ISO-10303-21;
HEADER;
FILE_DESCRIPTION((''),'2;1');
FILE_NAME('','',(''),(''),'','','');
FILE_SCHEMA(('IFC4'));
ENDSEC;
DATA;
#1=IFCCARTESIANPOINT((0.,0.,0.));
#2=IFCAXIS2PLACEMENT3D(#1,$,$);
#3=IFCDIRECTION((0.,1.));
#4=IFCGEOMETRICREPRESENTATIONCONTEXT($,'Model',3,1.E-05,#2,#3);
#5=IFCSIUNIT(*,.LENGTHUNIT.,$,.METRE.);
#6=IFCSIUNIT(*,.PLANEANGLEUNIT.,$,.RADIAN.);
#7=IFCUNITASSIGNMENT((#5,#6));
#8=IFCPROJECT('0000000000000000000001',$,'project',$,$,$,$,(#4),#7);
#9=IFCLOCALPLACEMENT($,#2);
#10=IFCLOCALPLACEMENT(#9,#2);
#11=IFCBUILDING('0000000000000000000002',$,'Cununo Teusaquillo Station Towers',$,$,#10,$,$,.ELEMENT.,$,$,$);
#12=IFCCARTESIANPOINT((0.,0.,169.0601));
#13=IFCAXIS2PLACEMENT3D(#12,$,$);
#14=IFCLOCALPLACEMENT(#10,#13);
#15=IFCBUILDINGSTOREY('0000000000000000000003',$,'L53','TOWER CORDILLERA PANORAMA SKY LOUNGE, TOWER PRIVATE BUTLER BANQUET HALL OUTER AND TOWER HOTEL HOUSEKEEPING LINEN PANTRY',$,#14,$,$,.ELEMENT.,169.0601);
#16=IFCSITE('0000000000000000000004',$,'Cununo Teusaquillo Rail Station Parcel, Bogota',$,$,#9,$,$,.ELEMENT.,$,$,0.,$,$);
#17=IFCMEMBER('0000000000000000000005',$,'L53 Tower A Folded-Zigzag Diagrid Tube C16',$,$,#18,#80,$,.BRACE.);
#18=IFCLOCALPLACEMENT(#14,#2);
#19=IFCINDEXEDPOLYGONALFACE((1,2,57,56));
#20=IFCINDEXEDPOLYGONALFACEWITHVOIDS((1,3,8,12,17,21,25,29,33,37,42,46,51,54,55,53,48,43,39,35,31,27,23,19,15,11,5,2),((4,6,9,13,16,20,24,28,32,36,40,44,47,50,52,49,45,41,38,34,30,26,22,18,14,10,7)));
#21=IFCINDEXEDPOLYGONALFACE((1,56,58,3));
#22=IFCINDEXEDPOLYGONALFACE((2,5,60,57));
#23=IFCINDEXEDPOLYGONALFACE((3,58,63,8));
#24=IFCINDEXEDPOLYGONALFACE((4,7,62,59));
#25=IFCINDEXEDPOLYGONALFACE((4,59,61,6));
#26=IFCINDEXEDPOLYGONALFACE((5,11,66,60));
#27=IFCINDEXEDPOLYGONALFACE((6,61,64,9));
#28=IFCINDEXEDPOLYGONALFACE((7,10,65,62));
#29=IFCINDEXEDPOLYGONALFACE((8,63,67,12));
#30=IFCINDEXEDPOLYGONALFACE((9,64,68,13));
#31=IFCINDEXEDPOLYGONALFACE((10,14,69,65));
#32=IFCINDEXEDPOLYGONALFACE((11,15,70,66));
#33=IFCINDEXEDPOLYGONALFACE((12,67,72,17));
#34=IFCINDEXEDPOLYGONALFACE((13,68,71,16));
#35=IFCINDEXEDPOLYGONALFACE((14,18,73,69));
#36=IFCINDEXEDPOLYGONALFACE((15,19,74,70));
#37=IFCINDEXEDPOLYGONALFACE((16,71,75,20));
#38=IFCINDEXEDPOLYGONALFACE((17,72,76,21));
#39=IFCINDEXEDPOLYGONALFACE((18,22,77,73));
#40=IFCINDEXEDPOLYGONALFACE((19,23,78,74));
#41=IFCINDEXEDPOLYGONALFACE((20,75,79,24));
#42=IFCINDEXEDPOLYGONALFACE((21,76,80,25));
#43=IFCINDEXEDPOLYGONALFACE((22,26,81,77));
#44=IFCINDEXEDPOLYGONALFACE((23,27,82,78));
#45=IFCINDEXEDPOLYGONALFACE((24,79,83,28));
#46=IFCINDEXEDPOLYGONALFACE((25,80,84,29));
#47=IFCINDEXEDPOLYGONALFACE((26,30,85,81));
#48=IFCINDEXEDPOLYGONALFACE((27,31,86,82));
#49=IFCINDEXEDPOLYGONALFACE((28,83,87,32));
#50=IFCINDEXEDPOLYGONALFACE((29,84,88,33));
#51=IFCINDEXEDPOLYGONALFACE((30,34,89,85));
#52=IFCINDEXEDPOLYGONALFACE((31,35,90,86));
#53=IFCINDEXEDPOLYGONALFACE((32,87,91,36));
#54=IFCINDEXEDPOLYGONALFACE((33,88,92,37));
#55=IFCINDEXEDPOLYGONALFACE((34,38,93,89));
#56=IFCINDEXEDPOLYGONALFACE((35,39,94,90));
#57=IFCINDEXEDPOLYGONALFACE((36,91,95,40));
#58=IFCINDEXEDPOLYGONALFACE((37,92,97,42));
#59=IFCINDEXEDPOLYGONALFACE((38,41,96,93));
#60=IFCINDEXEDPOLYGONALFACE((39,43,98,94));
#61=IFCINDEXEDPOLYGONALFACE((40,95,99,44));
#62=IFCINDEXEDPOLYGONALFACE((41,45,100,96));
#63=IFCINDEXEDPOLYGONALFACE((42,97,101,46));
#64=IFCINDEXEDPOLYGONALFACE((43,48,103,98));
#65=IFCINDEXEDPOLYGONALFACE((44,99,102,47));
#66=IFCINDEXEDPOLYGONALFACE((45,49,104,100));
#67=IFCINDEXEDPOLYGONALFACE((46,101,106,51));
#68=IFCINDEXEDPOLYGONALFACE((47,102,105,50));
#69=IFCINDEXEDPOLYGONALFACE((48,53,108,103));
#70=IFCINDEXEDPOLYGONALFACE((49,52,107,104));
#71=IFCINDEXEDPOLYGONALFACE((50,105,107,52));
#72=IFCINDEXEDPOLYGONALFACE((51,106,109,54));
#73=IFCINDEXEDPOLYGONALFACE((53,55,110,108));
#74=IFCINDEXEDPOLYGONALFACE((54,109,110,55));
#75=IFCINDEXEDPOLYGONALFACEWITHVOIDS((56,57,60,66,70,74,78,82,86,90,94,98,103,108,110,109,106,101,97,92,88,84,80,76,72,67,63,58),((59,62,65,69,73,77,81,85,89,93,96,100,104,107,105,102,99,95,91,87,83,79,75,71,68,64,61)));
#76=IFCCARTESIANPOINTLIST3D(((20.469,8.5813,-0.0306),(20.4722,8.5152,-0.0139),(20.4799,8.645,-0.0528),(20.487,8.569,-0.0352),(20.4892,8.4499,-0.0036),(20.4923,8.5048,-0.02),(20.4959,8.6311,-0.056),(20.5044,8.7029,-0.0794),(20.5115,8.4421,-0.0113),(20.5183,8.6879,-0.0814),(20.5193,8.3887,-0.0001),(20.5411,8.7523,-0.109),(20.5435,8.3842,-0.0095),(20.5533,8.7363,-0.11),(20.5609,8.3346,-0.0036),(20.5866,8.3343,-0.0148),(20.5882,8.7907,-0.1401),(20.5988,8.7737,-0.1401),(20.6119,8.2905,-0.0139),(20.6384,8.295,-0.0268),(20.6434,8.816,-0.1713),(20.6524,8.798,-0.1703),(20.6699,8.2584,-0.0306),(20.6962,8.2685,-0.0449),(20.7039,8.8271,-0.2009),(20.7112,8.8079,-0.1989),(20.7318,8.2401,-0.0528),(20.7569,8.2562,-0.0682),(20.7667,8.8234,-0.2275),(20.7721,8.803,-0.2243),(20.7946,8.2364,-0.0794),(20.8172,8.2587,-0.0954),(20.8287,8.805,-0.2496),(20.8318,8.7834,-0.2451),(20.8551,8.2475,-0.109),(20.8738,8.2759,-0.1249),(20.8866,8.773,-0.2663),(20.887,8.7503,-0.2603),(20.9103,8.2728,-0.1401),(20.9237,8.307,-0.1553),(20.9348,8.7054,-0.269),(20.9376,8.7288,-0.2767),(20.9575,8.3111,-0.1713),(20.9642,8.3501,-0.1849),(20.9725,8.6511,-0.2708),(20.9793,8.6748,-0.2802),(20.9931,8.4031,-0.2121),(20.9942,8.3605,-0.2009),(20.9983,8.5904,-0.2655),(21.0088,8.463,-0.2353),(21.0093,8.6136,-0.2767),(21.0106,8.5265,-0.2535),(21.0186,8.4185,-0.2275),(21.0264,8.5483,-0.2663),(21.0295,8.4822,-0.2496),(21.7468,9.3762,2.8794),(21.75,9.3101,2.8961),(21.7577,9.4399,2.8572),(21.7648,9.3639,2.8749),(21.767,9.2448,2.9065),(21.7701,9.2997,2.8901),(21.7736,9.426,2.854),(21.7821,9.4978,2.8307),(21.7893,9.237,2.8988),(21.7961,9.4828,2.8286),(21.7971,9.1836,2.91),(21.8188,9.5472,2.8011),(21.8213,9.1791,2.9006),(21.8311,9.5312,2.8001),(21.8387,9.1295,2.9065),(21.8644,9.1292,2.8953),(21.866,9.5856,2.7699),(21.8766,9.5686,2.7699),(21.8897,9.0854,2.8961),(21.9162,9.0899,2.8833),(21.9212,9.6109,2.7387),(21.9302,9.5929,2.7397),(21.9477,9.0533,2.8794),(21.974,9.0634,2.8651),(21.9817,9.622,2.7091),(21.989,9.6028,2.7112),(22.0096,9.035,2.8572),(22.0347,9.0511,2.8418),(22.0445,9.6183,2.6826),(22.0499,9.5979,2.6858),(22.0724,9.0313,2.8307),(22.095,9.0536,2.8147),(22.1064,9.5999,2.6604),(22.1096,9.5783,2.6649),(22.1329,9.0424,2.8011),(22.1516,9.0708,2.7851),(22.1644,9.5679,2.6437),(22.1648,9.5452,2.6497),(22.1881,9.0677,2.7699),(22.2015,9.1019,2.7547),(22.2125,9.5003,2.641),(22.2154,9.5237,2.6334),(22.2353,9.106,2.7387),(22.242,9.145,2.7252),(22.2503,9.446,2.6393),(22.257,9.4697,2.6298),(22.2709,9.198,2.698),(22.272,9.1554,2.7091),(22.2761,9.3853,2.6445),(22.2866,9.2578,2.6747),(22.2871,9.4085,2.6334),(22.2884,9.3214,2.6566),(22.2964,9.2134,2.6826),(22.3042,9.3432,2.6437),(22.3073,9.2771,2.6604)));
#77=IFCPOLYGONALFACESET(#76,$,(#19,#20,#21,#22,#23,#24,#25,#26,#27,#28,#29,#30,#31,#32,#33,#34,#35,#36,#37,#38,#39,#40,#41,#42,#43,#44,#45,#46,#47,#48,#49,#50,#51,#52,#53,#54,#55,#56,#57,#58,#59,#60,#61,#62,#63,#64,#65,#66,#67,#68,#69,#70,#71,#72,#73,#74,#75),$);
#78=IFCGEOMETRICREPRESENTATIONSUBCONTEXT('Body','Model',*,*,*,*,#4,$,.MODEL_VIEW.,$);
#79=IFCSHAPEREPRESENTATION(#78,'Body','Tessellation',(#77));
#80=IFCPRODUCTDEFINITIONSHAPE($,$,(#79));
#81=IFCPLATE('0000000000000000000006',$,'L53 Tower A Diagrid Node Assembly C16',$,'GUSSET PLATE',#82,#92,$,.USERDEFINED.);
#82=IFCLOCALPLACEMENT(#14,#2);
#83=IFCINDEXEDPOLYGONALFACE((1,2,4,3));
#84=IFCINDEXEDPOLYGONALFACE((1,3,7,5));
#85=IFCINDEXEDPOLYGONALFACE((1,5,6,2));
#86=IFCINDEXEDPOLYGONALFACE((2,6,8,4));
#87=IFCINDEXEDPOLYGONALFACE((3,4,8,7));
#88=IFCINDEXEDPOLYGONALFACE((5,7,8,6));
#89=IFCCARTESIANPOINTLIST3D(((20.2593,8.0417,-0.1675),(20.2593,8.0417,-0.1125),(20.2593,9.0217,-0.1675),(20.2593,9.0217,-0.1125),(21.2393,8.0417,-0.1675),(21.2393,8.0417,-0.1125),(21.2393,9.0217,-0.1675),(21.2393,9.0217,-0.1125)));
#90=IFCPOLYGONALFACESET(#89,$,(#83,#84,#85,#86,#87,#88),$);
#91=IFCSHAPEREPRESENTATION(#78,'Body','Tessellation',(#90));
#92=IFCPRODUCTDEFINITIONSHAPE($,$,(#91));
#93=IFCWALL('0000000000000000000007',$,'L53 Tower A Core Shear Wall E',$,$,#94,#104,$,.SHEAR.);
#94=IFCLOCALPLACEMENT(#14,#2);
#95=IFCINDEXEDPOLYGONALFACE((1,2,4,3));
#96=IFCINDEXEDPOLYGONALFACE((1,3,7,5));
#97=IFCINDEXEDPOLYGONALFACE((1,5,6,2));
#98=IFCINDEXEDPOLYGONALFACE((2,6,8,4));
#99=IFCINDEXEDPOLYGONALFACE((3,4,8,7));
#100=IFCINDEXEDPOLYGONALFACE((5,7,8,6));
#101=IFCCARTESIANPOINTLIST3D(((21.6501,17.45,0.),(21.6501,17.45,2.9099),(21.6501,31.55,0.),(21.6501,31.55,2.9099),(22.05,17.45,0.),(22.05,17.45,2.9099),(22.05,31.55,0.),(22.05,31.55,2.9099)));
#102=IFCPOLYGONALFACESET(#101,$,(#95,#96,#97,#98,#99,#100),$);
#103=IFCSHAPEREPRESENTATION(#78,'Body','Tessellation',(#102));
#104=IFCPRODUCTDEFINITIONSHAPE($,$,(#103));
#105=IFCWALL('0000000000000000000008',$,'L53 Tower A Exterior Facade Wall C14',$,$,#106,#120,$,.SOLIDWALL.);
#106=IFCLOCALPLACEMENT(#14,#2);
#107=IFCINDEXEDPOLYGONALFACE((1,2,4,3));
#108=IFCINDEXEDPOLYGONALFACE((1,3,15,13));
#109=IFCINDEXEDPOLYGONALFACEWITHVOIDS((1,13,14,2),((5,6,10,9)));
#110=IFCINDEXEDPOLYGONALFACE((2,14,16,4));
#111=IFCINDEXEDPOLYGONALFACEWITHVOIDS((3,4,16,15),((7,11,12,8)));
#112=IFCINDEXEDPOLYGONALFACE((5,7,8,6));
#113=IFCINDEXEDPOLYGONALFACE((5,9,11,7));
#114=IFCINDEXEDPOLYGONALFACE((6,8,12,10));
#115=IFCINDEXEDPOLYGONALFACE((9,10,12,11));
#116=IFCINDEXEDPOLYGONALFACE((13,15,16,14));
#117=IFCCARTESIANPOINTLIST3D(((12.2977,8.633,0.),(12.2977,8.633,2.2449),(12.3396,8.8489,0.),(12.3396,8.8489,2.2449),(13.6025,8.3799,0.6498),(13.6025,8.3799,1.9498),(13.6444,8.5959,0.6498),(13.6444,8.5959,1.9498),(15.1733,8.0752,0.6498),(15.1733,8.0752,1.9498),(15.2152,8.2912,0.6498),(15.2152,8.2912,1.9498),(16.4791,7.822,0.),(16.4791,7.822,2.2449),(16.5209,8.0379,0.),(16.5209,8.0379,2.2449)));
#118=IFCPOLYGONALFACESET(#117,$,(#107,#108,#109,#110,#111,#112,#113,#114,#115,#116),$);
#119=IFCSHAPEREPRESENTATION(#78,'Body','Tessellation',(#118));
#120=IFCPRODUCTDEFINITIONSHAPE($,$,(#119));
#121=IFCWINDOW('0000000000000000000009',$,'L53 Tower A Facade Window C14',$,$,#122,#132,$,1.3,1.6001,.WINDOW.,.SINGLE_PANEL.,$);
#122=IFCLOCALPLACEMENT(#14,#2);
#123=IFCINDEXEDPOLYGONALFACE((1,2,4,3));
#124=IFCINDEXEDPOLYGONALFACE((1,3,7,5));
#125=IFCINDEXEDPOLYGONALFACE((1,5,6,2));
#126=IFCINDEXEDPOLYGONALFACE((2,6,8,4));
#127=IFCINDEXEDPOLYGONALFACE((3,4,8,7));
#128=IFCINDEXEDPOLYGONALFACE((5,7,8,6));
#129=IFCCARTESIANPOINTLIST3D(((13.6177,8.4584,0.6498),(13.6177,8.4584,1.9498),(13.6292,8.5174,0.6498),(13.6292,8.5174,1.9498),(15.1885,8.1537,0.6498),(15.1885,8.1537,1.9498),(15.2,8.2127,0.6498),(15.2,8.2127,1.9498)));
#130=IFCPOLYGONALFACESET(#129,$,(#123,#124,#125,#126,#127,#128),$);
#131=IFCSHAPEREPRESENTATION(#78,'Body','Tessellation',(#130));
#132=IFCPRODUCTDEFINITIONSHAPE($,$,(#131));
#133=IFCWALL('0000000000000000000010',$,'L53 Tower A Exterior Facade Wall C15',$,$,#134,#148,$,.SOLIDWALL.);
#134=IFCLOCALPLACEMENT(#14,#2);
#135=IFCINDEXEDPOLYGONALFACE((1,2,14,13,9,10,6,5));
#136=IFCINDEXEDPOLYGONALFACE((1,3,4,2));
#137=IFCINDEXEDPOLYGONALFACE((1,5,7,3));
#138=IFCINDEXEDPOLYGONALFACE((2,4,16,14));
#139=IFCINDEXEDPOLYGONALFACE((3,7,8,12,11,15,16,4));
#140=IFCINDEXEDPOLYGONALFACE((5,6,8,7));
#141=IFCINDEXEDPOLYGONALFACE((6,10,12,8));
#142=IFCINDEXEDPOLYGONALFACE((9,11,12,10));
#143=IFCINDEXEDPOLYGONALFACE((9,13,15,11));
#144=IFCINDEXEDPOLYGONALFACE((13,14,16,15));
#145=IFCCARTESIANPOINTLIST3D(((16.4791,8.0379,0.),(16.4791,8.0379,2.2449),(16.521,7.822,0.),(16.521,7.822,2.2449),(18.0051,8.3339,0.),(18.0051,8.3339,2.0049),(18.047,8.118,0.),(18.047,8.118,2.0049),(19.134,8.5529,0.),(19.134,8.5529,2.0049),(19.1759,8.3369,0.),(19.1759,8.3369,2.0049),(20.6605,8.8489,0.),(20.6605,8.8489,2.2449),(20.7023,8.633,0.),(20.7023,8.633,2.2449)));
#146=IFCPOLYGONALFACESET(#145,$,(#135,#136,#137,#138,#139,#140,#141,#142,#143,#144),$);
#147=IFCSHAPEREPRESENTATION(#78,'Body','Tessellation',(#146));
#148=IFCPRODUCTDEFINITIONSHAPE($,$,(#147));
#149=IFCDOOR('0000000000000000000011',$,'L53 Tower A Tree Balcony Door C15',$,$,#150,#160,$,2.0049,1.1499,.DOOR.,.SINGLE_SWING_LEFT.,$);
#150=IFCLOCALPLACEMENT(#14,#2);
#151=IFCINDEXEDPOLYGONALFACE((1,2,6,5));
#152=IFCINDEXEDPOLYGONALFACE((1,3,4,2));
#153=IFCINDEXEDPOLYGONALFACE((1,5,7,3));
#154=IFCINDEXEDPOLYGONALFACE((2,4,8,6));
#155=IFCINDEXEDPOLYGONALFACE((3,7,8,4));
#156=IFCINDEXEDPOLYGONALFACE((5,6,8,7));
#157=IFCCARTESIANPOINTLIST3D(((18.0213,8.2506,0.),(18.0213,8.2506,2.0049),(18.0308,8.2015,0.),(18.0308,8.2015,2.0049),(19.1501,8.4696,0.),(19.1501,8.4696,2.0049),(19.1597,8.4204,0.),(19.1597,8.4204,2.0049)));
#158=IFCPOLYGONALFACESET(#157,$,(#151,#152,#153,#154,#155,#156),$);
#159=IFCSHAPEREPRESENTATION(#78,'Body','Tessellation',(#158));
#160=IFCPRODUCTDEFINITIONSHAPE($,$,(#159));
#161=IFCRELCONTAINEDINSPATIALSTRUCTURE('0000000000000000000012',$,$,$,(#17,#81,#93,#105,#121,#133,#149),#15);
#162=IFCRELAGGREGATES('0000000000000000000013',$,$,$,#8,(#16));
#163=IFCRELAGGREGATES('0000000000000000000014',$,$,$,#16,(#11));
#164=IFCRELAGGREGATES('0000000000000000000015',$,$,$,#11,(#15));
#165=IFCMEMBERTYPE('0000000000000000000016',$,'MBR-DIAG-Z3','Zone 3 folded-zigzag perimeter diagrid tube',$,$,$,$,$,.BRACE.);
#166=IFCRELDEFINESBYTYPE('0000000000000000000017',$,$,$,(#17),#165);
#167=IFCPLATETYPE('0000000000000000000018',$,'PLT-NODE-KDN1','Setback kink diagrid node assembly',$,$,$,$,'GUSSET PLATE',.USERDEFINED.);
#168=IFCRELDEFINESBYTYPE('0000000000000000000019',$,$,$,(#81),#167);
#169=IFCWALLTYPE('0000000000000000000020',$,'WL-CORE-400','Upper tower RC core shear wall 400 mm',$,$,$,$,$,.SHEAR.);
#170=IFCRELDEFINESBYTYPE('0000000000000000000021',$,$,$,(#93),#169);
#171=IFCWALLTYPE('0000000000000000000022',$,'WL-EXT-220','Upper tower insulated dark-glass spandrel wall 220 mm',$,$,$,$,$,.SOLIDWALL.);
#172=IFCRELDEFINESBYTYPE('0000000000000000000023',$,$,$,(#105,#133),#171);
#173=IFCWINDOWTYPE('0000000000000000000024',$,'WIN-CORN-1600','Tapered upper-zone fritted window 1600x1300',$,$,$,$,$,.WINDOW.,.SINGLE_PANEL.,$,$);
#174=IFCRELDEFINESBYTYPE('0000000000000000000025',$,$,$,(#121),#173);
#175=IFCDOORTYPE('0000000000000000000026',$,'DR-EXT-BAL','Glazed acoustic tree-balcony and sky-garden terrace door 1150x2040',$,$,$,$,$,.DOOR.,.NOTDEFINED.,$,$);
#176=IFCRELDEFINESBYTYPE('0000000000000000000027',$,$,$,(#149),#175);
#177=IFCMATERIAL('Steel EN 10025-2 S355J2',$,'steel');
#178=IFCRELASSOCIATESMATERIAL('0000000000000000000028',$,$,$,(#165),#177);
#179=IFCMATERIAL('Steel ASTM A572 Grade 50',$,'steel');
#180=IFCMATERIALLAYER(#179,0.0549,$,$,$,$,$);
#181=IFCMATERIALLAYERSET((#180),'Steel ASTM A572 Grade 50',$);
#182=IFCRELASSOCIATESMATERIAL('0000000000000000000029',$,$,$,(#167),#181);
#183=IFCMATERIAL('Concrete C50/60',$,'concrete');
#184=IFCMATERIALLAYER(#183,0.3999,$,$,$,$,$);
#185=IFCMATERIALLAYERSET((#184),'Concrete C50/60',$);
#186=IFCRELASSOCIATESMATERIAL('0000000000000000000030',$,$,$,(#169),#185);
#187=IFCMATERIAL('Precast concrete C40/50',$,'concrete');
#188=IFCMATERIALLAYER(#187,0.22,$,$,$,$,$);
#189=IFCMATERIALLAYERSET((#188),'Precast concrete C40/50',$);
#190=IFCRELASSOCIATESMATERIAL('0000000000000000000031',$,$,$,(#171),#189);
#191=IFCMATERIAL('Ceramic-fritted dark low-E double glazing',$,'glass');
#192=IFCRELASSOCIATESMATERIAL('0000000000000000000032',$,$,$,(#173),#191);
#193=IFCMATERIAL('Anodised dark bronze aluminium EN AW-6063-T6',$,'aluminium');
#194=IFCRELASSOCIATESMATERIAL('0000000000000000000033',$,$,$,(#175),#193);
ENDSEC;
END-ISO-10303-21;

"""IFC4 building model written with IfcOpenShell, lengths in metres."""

from ifc_helpers import new_model, si_unit, direction, frame, frame_2d, origin, origin_2d, place, context, subcontext, project, spatial, rectangle, hollow_circle, extrude, source, transform, mapped, material, layer, layer_set, material_profile, profile_set, type_object, element, fill, save


model = new_model("IFC4")

# Units and contexts
model_context = context("Model", 3, precision=1e-05, world=origin(), true_north=direction((0.0, 1.0)))
body_context = subcontext(model_context, "Body", "Model", "MODEL_VIEW")
ifc_project = project(units=[si_unit("LENGTHUNIT", "METRE"), si_unit("PLANEANGLEUNIT", "RADIAN")], contexts=[model_context])

# Site, building, storey
site_placement = place(None, origin())
site = spatial("IfcSite", under=ifc_project, at=site_placement, Name="Cununo Teusaquillo Rail Station Parcel, Bogota", CompositionType="ELEMENT", RefElevation=0.0)
building_placement = place(site_placement, origin())
building = spatial("IfcBuilding", under=site, at=building_placement, Name="Cununo Teusaquillo Station Towers", CompositionType="ELEMENT")
storey_placement = place(building_placement, frame((0.0, 0.0, 169.0601)))
storey = spatial("IfcBuildingStorey", under=building, at=storey_placement, Name="L53", Description="TOWER CORDILLERA PANORAMA SKY LOUNGE, TOWER PRIVATE BUTLER BANQUET HALL OUTER AND TOWER HOTEL HOUSEKEEPING LINEN PANTRY", CompositionType="ELEMENT", Elevation=169.0601)

# Member
ifc_material_1 = material(Name="Steel EN 10025-2 S355J2", Category="steel")
ifc_material_profile_1 = material_profile(ifc_material_1, hollow_circle(Radius=0.3049, WallThickness=0.02, at=origin_2d()), Name="CHS 610x20")
ifc_profile_set_1 = profile_set([ifc_material_profile_1], Name="Steel EN 10025-2 S355J2")
member_type = type_object("IfcMemberType", Name="MBR-DIAG-Z3", Description="Zone 3 folded-zigzag perimeter diagrid tube", PredefinedType="BRACE", material=ifc_profile_set_1)
member_placement = place(storey_placement, frame((20.7493, 8.5317, -0.1401), z_axis=(0.39003, 0.242632, 0.88826), x_axis=(-0.528219, 0.849108, 0.0)))
element("IfcMember", 1, at=member_placement, inside=storey, type_object=member_type, Name="L53 Tower A Folded-Zigzag Diagrid Tube C16", PredefinedType="BRACE", context=body_context, shape_type="SweptSolid", body=[
    extrude(hollow_circle(Radius=0.3049, WallThickness=0.02, at=origin_2d()), origin(), (0.0, 0.0, 1.0), 3.2761),
])

# Plate
ifc_material_2 = material(Name="Steel ASTM A572 Grade 50", Category="steel")
ifc_layer_1 = layer(ifc_material_2, 0.0549)
ifc_layer_set_1 = layer_set([ifc_layer_1], Name="Steel ASTM A572 Grade 50")
plate_type = type_object("IfcPlateType", Name="PLT-NODE-KDN1", Description="Setback kink diagrid node assembly", ElementType="GUSSET PLATE", PredefinedType="USERDEFINED", material=ifc_layer_set_1)
shared_shape_1 = source(origin(), body_context, "Body", "SweptSolid", [
    extrude(rectangle(XDim=0.98, YDim=0.98, at=origin_2d()), origin(), (0.0, 0.0, 1.0), 0.0549),
])
plate_placement = place(storey_placement, frame((20.7493, 8.5317, -0.1675), z_axis=(0.0, 0.0, 1.0), x_axis=(1.0, 0.0, 0.0)))
element("IfcPlate", 2, at=plate_placement, inside=storey, type_object=plate_type, Name="L53 Tower A Diagrid Node Assembly C16", ObjectType="GUSSET PLATE", PredefinedType="USERDEFINED", context=body_context, shape_type="MappedRepresentation", body=[
    mapped(shared_shape_1, transform((0.0, 0.0, 0.0), x_axis=(1.0, 0.0, 0.0), y_axis=(0.0, 1.0, 0.0), z_axis=(0.0, 0.0, 1.0), scale=1.0)),
])

# Wall
ifc_material_3 = material(Name="Concrete C50/60", Category="concrete")
ifc_layer_2 = layer(ifc_material_3, 0.3999)
ifc_layer_set_2 = layer_set([ifc_layer_2], Name="Concrete C50/60")
wall_type_1 = type_object("IfcWallType", Name="WL-CORE-400", Description="Upper tower RC core shear wall 400 mm", PredefinedType="SHEAR", material=ifc_layer_set_2)
wall_1_placement = place(storey_placement, frame((21.8501, 17.45, 0.0), z_axis=(0.0, 0.0, 1.0), x_axis=(0.0, 1.0, 0.0)))
element("IfcWall", 3, at=wall_1_placement, inside=storey, type_object=wall_type_1, Name="L53 Tower A Core Shear Wall E", PredefinedType="SHEAR", context=body_context, shape_type="SweptSolid", body=[
    extrude(rectangle(XDim=14.1001, YDim=0.3999, at=frame_2d((7.05, 0.0))), origin(), (0.0, 0.0, 1.0), 2.9099),
])

# Wall, opening, window
ifc_material_4 = material(Name="Precast concrete C40/50", Category="concrete")
ifc_layer_3 = layer(ifc_material_4, 0.22)
ifc_layer_set_3 = layer_set([ifc_layer_3], Name="Precast concrete C40/50")
wall_type_2 = type_object("IfcWallType", Name="WL-EXT-220", Description="Upper tower insulated dark-glass spandrel wall 220 mm", PredefinedType="SOLIDWALL", material=ifc_layer_set_3)
wall_2_placement = place(storey_placement, frame((16.5, 7.9299, 0.0), z_axis=(0.0, 0.0, 1.0), x_axis=(-0.981704, 0.190414, 0.0)))
wall_2 = element("IfcWall", 4, at=wall_2_placement, inside=storey, type_object=wall_type_2, Name="L53 Tower A Exterior Facade Wall C14", PredefinedType="SOLIDWALL", context=body_context, shape_type="SweptSolid", body=[
    extrude(rectangle(XDim=4.2593, YDim=0.22, at=frame_2d((2.1296, 0.0))), origin(), (0.0, 0.0, 1.0), 2.2449),
])
shared_shape_2 = source(origin(), body_context, "Body", "SweptSolid", [
    extrude(rectangle(XDim=1.6001, YDim=1.3, at=frame_2d((0.8, 0.6499))), frame((0.0, 0.1199, 0.0), z_axis=(0.0, -1.0, 0.0), x_axis=(1.0, 0.0, 0.0)), (0.0, 0.0, 1.0), 0.24),
])
opening_1_placement = place(wall_2_placement, frame((1.3301, 0.0, 0.6499)))
opening_1 = element("IfcOpeningElement", 5, at=opening_1_placement, cuts=wall_2, PredefinedType="OPENING", context=body_context, shape_type="MappedRepresentation", body=[
    mapped(shared_shape_2, transform((0.0, 0.0, 0.0), x_axis=(1.0, 0.0, 0.0), y_axis=(0.0, 1.0, 0.0), z_axis=(0.0, 0.0, 1.0), scale=1.0)),
])
ifc_material_5 = material(Name="Ceramic-fritted dark low-E double glazing", Category="glass")
window_type = type_object("IfcWindowType", Name="WIN-CORN-1600", Description="Tapered upper-zone fritted window 1600x1300", PartitioningType="SINGLE_PANEL", PredefinedType="WINDOW", material=ifc_material_5)
shared_shape_3 = source(origin(), body_context, "Body", "SweptSolid", [
    extrude(rectangle(XDim=1.6001, YDim=1.3, at=frame_2d((0.8, 0.6499))), frame((0.0, 0.03, 0.0), z_axis=(0.0, -1.0, 0.0), x_axis=(1.0, 0.0, 0.0)), (0.0, 0.0, 1.0), 0.0601),
])
window_1_placement = place(opening_1_placement, origin())
window_1 = element("IfcWindow", 6, at=window_1_placement, inside=storey, type_object=window_type, Name="L53 Tower A Facade Window C14", OverallHeight=1.3, OverallWidth=1.6001, PartitioningType="SINGLE_PANEL", PredefinedType="WINDOW", context=body_context, shape_type="MappedRepresentation", body=[
    mapped(shared_shape_3, transform((0.0, 0.0, 0.0), x_axis=(1.0, 0.0, 0.0), y_axis=(0.0, 1.0, 0.0), z_axis=(0.0, 0.0, 1.0), scale=1.0)),
])
fill(opening_1, window_1)

# Wall, opening, door
wall_3_placement = place(storey_placement, frame((20.6814, 8.741, 0.0), z_axis=(0.0, 0.0, 1.0), x_axis=(-0.981704, -0.190414, 0.0)))
wall_3 = element("IfcWall", 7, at=wall_3_placement, inside=storey, type_object=wall_type_2, Name="L53 Tower A Exterior Facade Wall C15", PredefinedType="SOLIDWALL", context=body_context, shape_type="SweptSolid", body=[
    extrude(rectangle(XDim=4.2593, YDim=0.22, at=frame_2d((2.1296, 0.0))), origin(), (0.0, 0.0, 1.0), 2.2449),
])
shared_shape_4 = source(origin(), body_context, "Body", "SweptSolid", [
    extrude(rectangle(XDim=1.1499, YDim=2.0049, at=frame_2d((0.575, 1.0024))), frame((0.0, 0.1199, 0.0), z_axis=(0.0, -1.0, 0.0), x_axis=(1.0, 0.0, 0.0)), (0.0, 0.0, 1.0), 0.24),
])
opening_2_placement = place(wall_3_placement, frame((1.5549, 0.0, 0.0)))
opening_2 = element("IfcOpeningElement", 8, at=opening_2_placement, cuts=wall_3, PredefinedType="OPENING", context=body_context, shape_type="MappedRepresentation", body=[
    mapped(shared_shape_4, transform((0.0, 0.0, 0.0), x_axis=(1.0, 0.0, 0.0), y_axis=(0.0, 1.0, 0.0), z_axis=(0.0, 0.0, 1.0), scale=1.0)),
])
ifc_material_6 = material(Name="Anodised dark bronze aluminium EN AW-6063-T6", Category="aluminium")
door_type_1 = type_object("IfcDoorType", Name="DR-EXT-BAL", Description="Glazed acoustic tree-balcony and sky-garden terrace door 1150x2040", OperationType="NOTDEFINED", PredefinedType="DOOR", material=ifc_material_6)
shared_shape_5 = source(origin(), body_context, "Body", "SweptSolid", [
    extrude(rectangle(XDim=1.1499, YDim=2.0049, at=frame_2d((0.575, 1.0024))), frame((0.0, 0.0249, 0.0), z_axis=(0.0, -1.0, 0.0), x_axis=(1.0, 0.0, 0.0)), (0.0, 0.0, 1.0), 0.05),
])
door_1_placement = place(opening_2_placement, origin())
door_1 = element("IfcDoor", 9, at=door_1_placement, inside=storey, type_object=door_type_1, Name="L53 Tower A Tree Balcony Door C15", OperationType="SINGLE_SWING_LEFT", OverallHeight=2.0049, OverallWidth=1.1499, PredefinedType="DOOR", context=body_context, shape_type="MappedRepresentation", body=[
    mapped(shared_shape_5, transform((0.0, 0.0, 0.0), x_axis=(1.0, 0.0, 0.0), y_axis=(0.0, 1.0, 0.0), z_axis=(0.0, 0.0, 1.0), scale=1.0)),
])
fill(opening_2, door_1)

save(model, "model.ifc")
